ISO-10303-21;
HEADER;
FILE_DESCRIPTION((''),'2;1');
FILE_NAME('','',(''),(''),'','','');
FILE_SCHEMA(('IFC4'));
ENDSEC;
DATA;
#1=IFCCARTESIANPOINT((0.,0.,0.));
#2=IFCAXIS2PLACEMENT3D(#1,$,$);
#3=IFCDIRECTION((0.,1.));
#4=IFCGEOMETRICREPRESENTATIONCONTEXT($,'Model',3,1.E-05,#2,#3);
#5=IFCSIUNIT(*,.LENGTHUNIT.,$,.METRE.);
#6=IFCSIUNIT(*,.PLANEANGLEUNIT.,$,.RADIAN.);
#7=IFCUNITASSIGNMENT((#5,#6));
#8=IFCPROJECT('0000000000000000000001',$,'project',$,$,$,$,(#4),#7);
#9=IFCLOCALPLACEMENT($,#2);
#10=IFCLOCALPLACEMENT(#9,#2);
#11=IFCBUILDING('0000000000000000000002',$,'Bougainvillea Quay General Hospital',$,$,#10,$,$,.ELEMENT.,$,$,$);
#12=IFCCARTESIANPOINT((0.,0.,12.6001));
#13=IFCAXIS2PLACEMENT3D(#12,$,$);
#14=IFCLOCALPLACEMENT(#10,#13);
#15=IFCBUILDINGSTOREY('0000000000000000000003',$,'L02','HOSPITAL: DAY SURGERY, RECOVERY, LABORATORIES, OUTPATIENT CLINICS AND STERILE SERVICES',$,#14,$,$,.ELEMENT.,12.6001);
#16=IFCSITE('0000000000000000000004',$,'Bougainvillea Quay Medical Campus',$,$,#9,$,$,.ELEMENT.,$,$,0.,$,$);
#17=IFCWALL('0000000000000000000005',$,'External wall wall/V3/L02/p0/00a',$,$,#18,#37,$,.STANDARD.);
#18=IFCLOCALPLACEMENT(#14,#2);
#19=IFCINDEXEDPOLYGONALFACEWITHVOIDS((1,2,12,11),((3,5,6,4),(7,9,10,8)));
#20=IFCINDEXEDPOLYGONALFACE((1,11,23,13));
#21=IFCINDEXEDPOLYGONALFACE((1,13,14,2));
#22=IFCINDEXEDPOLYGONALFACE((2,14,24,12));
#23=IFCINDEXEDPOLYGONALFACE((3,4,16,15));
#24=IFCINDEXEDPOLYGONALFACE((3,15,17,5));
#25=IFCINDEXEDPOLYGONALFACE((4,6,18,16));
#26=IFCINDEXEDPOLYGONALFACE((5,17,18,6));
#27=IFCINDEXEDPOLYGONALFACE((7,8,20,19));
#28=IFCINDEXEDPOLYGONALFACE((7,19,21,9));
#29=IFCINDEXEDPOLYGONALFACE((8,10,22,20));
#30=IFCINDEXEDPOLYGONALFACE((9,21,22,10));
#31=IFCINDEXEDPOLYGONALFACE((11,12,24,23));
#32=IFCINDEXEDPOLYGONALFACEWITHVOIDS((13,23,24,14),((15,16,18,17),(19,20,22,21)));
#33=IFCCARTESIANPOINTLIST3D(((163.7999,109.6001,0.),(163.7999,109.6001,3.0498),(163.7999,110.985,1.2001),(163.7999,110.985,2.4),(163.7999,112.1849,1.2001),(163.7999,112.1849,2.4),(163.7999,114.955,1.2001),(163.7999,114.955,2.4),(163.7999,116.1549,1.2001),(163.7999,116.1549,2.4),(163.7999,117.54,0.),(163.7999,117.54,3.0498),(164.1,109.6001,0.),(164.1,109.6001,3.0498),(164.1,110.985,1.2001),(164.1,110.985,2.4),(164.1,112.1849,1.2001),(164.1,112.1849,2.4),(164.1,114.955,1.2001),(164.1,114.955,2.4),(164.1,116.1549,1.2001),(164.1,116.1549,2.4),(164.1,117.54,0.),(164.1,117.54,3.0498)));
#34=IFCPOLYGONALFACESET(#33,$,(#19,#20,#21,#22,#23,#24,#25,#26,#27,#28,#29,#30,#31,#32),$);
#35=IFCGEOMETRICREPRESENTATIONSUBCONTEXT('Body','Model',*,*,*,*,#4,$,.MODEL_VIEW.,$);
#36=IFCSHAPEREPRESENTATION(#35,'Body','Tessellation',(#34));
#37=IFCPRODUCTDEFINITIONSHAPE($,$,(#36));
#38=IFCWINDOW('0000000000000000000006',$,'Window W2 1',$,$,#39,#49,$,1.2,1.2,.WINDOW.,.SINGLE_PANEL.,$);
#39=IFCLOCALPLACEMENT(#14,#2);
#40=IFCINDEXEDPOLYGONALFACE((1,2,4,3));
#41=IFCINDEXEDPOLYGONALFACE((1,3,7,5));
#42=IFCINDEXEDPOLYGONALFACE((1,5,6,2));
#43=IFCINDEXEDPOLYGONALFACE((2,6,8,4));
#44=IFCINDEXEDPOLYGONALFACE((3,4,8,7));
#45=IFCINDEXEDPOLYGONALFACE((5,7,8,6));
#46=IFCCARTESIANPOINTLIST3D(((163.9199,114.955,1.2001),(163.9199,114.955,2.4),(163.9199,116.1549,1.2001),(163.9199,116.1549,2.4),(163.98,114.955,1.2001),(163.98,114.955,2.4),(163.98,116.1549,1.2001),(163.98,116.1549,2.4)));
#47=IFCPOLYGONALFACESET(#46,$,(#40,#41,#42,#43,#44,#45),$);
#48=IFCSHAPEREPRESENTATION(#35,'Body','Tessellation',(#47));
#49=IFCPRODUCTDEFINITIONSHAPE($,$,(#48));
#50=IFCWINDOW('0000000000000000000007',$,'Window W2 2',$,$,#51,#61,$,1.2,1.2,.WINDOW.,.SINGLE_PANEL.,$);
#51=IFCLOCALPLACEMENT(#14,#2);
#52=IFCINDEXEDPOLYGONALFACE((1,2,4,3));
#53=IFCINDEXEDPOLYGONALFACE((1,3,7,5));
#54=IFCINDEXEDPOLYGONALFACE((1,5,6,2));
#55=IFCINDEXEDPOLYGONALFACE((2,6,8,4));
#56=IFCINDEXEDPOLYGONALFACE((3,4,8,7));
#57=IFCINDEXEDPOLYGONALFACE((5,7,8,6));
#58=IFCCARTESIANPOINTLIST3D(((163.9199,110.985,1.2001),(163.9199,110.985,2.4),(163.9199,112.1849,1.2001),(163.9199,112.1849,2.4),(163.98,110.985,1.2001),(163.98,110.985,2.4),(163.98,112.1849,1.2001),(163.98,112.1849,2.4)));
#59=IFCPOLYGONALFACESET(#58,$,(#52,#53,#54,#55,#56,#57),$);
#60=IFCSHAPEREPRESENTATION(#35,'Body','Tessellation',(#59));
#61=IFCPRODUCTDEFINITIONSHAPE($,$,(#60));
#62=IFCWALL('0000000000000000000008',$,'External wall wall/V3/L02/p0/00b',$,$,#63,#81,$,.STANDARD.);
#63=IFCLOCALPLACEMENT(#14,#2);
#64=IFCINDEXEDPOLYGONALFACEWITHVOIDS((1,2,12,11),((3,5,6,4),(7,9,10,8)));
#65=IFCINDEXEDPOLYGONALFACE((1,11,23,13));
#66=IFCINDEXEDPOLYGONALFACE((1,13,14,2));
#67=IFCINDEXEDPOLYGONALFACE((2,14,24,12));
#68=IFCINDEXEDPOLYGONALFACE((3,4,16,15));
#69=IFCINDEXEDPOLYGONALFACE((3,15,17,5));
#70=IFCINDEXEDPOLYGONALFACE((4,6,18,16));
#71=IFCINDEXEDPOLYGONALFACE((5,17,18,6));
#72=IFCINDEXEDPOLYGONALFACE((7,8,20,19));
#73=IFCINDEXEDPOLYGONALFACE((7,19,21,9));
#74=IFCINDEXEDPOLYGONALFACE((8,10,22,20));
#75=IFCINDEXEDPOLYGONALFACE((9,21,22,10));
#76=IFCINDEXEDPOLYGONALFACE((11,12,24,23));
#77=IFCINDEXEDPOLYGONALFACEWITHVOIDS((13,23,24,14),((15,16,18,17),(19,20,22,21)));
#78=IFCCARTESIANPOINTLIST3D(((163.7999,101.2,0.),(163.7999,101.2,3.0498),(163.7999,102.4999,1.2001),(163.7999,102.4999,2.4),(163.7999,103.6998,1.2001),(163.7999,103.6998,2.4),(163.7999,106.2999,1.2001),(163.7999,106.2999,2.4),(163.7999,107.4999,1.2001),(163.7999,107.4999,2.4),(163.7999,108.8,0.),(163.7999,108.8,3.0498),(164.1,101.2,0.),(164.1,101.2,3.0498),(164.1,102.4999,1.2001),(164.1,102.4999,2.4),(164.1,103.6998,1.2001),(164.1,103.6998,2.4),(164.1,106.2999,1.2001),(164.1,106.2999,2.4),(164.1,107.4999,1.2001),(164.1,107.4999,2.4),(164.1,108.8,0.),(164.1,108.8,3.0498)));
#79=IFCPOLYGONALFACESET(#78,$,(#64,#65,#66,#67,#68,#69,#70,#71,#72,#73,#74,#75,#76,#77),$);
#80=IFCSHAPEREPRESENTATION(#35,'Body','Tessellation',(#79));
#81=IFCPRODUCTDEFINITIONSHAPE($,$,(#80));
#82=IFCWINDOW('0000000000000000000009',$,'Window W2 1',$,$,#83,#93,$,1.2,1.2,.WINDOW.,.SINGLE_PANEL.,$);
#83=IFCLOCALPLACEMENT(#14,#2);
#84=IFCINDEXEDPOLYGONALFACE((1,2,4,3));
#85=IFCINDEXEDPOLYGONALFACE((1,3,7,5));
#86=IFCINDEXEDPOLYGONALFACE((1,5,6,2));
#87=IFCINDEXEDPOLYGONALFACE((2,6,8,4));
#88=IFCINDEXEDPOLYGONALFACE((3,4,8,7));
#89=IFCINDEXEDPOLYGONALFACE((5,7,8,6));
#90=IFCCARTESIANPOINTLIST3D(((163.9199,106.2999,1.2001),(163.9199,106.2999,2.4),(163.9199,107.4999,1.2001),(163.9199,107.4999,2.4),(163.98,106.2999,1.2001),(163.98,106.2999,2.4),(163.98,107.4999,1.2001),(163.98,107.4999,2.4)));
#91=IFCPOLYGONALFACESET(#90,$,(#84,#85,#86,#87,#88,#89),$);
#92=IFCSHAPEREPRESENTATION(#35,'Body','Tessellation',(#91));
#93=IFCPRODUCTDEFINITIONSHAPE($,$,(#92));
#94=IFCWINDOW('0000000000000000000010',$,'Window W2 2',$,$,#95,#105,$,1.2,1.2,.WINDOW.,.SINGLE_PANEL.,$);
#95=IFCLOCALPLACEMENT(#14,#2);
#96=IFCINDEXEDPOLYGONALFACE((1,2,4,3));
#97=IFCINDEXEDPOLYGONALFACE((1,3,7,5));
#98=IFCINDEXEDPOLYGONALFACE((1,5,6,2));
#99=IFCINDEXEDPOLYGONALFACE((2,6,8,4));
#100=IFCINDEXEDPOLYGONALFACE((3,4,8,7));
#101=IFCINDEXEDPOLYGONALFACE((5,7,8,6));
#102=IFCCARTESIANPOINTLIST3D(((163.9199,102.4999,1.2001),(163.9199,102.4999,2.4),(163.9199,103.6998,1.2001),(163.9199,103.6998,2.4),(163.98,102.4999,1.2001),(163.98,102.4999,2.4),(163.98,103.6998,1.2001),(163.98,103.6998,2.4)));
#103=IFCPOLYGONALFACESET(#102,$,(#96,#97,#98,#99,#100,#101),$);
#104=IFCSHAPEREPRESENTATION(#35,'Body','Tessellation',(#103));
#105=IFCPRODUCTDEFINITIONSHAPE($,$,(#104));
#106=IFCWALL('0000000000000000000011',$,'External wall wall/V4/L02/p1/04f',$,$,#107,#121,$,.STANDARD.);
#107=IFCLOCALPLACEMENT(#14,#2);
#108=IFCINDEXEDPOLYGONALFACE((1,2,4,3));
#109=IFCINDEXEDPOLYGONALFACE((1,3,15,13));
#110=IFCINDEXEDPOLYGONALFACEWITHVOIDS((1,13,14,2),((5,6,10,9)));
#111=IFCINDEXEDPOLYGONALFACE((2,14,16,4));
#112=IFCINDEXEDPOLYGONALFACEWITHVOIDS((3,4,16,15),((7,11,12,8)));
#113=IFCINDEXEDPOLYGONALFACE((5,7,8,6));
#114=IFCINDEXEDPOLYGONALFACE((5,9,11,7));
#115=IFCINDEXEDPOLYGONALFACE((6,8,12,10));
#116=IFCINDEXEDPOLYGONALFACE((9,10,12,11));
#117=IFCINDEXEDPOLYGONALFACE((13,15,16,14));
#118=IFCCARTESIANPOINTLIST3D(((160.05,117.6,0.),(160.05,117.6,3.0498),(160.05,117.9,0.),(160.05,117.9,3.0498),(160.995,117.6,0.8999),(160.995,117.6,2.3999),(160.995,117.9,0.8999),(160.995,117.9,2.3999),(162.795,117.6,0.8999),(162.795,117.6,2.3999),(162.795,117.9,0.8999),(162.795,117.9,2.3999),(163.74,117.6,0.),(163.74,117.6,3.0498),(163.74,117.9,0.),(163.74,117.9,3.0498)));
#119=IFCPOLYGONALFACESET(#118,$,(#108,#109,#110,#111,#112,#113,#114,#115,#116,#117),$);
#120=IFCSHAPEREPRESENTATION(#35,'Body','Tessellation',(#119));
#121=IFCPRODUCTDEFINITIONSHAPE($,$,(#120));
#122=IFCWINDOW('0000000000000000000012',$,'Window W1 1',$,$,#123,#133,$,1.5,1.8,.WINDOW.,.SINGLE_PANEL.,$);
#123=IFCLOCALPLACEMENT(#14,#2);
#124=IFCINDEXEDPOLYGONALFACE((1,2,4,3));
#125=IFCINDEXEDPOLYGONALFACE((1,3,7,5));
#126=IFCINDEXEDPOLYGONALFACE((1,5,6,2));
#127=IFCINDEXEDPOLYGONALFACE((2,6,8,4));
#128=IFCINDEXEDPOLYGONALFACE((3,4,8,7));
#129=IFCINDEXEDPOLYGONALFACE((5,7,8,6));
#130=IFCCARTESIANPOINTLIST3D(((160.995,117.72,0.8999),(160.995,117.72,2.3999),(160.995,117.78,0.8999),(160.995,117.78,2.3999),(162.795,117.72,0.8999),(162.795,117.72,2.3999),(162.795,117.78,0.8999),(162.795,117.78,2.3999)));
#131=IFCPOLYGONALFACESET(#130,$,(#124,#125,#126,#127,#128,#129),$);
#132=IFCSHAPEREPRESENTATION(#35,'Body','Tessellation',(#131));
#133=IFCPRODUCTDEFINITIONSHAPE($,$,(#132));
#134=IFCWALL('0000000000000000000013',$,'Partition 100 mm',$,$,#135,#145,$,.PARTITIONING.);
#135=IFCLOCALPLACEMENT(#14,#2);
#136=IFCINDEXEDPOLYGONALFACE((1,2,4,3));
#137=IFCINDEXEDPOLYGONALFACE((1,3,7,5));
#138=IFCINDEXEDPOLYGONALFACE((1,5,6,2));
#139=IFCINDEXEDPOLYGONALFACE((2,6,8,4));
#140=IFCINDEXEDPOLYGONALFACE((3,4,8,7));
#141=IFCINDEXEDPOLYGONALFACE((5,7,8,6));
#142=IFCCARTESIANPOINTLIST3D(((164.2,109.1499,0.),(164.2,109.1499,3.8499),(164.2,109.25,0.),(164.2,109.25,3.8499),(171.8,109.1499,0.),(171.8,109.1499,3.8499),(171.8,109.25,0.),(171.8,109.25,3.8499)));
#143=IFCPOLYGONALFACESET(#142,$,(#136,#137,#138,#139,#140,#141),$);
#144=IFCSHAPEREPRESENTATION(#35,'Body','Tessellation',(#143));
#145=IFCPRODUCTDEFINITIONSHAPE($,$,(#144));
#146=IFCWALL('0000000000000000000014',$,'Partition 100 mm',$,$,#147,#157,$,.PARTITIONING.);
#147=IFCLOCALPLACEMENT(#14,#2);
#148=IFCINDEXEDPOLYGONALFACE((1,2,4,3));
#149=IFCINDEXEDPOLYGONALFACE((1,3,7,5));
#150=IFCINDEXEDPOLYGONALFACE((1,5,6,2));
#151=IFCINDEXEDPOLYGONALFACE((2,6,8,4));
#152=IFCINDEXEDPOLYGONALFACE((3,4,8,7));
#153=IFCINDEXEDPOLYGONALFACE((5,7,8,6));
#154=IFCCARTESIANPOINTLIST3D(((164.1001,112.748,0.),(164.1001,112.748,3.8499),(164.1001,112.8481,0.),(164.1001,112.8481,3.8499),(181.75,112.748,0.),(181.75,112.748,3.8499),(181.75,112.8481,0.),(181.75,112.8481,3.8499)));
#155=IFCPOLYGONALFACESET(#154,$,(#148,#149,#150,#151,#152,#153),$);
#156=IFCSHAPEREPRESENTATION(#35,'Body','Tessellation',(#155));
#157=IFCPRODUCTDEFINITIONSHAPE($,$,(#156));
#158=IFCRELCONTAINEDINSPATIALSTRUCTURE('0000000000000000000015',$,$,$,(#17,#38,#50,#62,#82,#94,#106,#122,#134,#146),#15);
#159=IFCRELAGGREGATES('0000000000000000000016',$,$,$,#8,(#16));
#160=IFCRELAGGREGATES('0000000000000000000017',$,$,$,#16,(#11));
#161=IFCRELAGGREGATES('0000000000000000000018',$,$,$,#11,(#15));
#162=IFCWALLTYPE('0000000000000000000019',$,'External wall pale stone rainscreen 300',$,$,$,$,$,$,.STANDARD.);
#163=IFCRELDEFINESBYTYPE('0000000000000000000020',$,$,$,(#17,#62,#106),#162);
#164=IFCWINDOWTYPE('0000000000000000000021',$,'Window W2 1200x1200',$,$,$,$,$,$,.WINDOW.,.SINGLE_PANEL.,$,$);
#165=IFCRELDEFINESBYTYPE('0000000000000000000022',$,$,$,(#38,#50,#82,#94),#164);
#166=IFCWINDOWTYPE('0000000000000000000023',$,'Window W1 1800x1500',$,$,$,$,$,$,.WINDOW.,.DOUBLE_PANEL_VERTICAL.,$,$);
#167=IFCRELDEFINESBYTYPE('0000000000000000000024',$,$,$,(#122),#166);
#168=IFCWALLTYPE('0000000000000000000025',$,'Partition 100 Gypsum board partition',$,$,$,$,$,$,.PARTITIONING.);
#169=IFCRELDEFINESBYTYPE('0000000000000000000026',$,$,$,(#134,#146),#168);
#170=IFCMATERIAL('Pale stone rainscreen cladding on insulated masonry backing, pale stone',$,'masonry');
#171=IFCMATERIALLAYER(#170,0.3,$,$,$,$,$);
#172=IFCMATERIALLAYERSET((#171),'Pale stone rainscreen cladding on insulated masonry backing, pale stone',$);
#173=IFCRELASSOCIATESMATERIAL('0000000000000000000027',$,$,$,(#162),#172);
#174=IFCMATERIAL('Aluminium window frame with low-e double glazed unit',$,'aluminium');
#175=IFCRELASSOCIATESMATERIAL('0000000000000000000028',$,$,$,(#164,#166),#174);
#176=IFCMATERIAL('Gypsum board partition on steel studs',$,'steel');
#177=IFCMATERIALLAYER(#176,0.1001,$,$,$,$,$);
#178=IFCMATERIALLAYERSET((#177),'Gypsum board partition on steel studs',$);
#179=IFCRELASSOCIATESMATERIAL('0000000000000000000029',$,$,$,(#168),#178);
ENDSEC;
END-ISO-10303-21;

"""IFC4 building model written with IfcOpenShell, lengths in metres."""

from ifc_helpers import new_model, si_unit, direction, frame, frame_2d, origin, place, context, subcontext, project, spatial, rectangle, extrude, material, layer, layer_set, type_object, element, fill, save


model = new_model("IFC4")

# Units and contexts
model_context = context("Model", 3, precision=1e-05, world=origin(), true_north=direction((0.0, 1.0)))
body_context = subcontext(model_context, "Body", "Model", "MODEL_VIEW")
ifc_project = project(units=[si_unit("LENGTHUNIT", "METRE"), si_unit("PLANEANGLEUNIT", "RADIAN")], contexts=[model_context])

# Site, building, storey
site_placement = place(None, origin())
site = spatial("IfcSite", under=ifc_project, at=site_placement, Name="Bougainvillea Quay Medical Campus", CompositionType="ELEMENT", RefElevation=0.0)
building_placement = place(site_placement, origin())
building = spatial("IfcBuilding", under=site, at=building_placement, Name="Bougainvillea Quay General Hospital", CompositionType="ELEMENT")
storey_placement = place(building_placement, frame((0.0, 0.0, 12.6001)))
storey = spatial("IfcBuildingStorey", under=building, at=storey_placement, Name="L02", Description="HOSPITAL: DAY SURGERY, RECOVERY, LABORATORIES, OUTPATIENT CLINICS AND STERILE SERVICES", CompositionType="ELEMENT", Elevation=12.6001)

# Walls, openings, windows
ifc_material_1 = material(Name="Pale stone rainscreen cladding on insulated masonry backing, pale stone", Category="masonry")
ifc_layer_1 = layer(ifc_material_1, 0.3)
ifc_layer_set_1 = layer_set([ifc_layer_1], Name="Pale stone rainscreen cladding on insulated masonry backing, pale stone")
wall_type_1 = type_object("IfcWallType", Name="External wall pale stone rainscreen 300", PredefinedType="STANDARD", material=ifc_layer_set_1)
wall_1_placement = place(storey_placement, frame((163.95, 117.54, 0.0), z_axis=(0.0, 0.0, 1.0), x_axis=(0.0, -1.0, 0.0)))
wall_1 = element("IfcWall", 1, at=wall_1_placement, inside=storey, type_object=wall_type_1, Name="External wall wall/V3/L02/p0/00a", PredefinedType="STANDARD", context=body_context, shape_type="SweptSolid", body=[
    extrude(rectangle(XDim=7.9399, YDim=0.3, at=frame_2d((3.97, 0.0))), origin(), (0.0, 0.0, 1.0), 3.0498),
])
opening_1_placement = place(wall_1_placement, frame((1.385, 0.0, 1.2)))
opening_1 = element("IfcOpeningElement", 2, at=opening_1_placement, cuts=wall_1, PredefinedType="OPENING", context=body_context, shape_type="SweptSolid", body=[
    extrude(rectangle(XDim=1.2, YDim=1.2, at=frame_2d((0.6001, 0.6001))), frame((0.0, 0.1599, 0.0), z_axis=(0.0, -1.0, 0.0), x_axis=(1.0, 0.0, 0.0)), (0.0, 0.0, 1.0), 0.3201),
])
opening_2_placement = place(wall_1_placement, frame((5.355, 0.0, 1.2)))
opening_2 = element("IfcOpeningElement", 3, at=opening_2_placement, cuts=wall_1, PredefinedType="OPENING", context=body_context, shape_type="SweptSolid", body=[
    extrude(rectangle(XDim=1.2, YDim=1.2, at=frame_2d((0.6001, 0.6001))), frame((0.0, 0.1599, 0.0), z_axis=(0.0, -1.0, 0.0), x_axis=(1.0, 0.0, 0.0)), (0.0, 0.0, 1.0), 0.3201),
])
ifc_material_2 = material(Name="Aluminium window frame with low-e double glazed unit", Category="aluminium")
window_type_1 = type_object("IfcWindowType", Name="Window W2 1200x1200", PartitioningType="SINGLE_PANEL", PredefinedType="WINDOW", material=ifc_material_2)
window_1_placement = place(opening_1_placement, origin())
window_1 = element("IfcWindow", 4, at=window_1_placement, inside=storey, type_object=window_type_1, Name="Window W2 1", OverallHeight=1.2, OverallWidth=1.2, PartitioningType="SINGLE_PANEL", PredefinedType="WINDOW", context=body_context, shape_type="SweptSolid", body=[
    extrude(rectangle(XDim=1.2, YDim=1.2, at=frame_2d((0.6001, 0.6001))), frame((0.0, 0.03, 0.0), z_axis=(0.0, -1.0, 0.0), x_axis=(1.0, 0.0, 0.0)), (0.0, 0.0, 1.0), 0.0601),
])
fill(opening_1, window_1)
window_2_placement = place(opening_2_placement, origin())
window_2 = element("IfcWindow", 5, at=window_2_placement, inside=storey, type_object=window_type_1, Name="Window W2 2", OverallHeight=1.2, OverallWidth=1.2, PartitioningType="SINGLE_PANEL", PredefinedType="WINDOW", context=body_context, shape_type="SweptSolid", body=[
    extrude(rectangle(XDim=1.2, YDim=1.2, at=frame_2d((0.6001, 0.6001))), frame((0.0, 0.03, 0.0), z_axis=(0.0, -1.0, 0.0), x_axis=(1.0, 0.0, 0.0)), (0.0, 0.0, 1.0), 0.0601),
])
fill(opening_2, window_2)
wall_2_placement = place(storey_placement, frame((163.95, 108.8, 0.0), z_axis=(0.0, 0.0, 1.0), x_axis=(0.0, -1.0, 0.0)))
wall_2 = element("IfcWall", 6, at=wall_2_placement, inside=storey, type_object=wall_type_1, Name="External wall wall/V3/L02/p0/00b", PredefinedType="STANDARD", context=body_context, shape_type="SweptSolid", body=[
    extrude(rectangle(XDim=7.6001, YDim=0.3, at=frame_2d((3.8, 0.0))), origin(), (0.0, 0.0, 1.0), 3.0498),
])
opening_3_placement = place(wall_2_placement, frame((1.3, 0.0, 1.2)))
opening_3 = element("IfcOpeningElement", 7, at=opening_3_placement, cuts=wall_2, PredefinedType="OPENING", context=body_context, shape_type="SweptSolid", body=[
    extrude(rectangle(XDim=1.2, YDim=1.2, at=frame_2d((0.6001, 0.6001))), frame((0.0, 0.1599, 0.0), z_axis=(0.0, -1.0, 0.0), x_axis=(1.0, 0.0, 0.0)), (0.0, 0.0, 1.0), 0.3201),
])
opening_4_placement = place(wall_2_placement, frame((5.1001, 0.0, 1.2)))
opening_4 = element("IfcOpeningElement", 8, at=opening_4_placement, cuts=wall_2, PredefinedType="OPENING", context=body_context, shape_type="SweptSolid", body=[
    extrude(rectangle(XDim=1.2, YDim=1.2, at=frame_2d((0.6001, 0.6001))), frame((0.0, 0.1599, 0.0), z_axis=(0.0, -1.0, 0.0), x_axis=(1.0, 0.0, 0.0)), (0.0, 0.0, 1.0), 0.3201),
])
window_3_placement = place(opening_3_placement, origin())
window_3 = element("IfcWindow", 9, at=window_3_placement, inside=storey, type_object=window_type_1, Name="Window W2 1", OverallHeight=1.2, OverallWidth=1.2, PartitioningType="SINGLE_PANEL", PredefinedType="WINDOW", context=body_context, shape_type="SweptSolid", body=[
    extrude(rectangle(XDim=1.2, YDim=1.2, at=frame_2d((0.6001, 0.6001))), frame((0.0, 0.03, 0.0), z_axis=(0.0, -1.0, 0.0), x_axis=(1.0, 0.0, 0.0)), (0.0, 0.0, 1.0), 0.0601),
])
fill(opening_3, window_3)
window_4_placement = place(opening_4_placement, origin())
window_4 = element("IfcWindow", 10, at=window_4_placement, inside=storey, type_object=window_type_1, Name="Window W2 2", OverallHeight=1.2, OverallWidth=1.2, PartitioningType="SINGLE_PANEL", PredefinedType="WINDOW", context=body_context, shape_type="SweptSolid", body=[
    extrude(rectangle(XDim=1.2, YDim=1.2, at=frame_2d((0.6001, 0.6001))), frame((0.0, 0.03, 0.0), z_axis=(0.0, -1.0, 0.0), x_axis=(1.0, 0.0, 0.0)), (0.0, 0.0, 1.0), 0.0601),
])
fill(opening_4, window_4)

# Wall, opening, window
wall_3_placement = place(storey_placement, frame((160.05, 117.75, 0.0), z_axis=(0.0, 0.0, 1.0), x_axis=(1.0, 0.0, 0.0)))
wall_3 = element("IfcWall", 11, at=wall_3_placement, inside=storey, type_object=wall_type_1, Name="External wall wall/V4/L02/p1/04f", PredefinedType="STANDARD", context=body_context, shape_type="SweptSolid", body=[
    extrude(rectangle(XDim=3.6899, YDim=0.3, at=frame_2d((1.845, 0.0))), origin(), (0.0, 0.0, 1.0), 3.0498),
])
opening_5_placement = place(wall_3_placement, frame((0.9451, 0.0, 0.8999)))
opening_5 = element("IfcOpeningElement", 12, at=opening_5_placement, cuts=wall_3, PredefinedType="OPENING", context=body_context, shape_type="SweptSolid", body=[
    extrude(rectangle(XDim=1.8, YDim=1.5, at=frame_2d((0.8999, 0.75))), frame((0.0, 0.1599, 0.0), z_axis=(0.0, -1.0, 0.0), x_axis=(1.0, 0.0, 0.0)), (0.0, 0.0, 1.0), 0.3201),
])
window_type_2 = type_object("IfcWindowType", Name="Window W1 1800x1500", PartitioningType="DOUBLE_PANEL_VERTICAL", PredefinedType="WINDOW", material=ifc_material_2)
window_5_placement = place(opening_5_placement, origin())
window_5 = element("IfcWindow", 13, at=window_5_placement, inside=storey, type_object=window_type_2, Name="Window W1 1", OverallHeight=1.5, OverallWidth=1.8, PartitioningType="SINGLE_PANEL", PredefinedType="WINDOW", context=body_context, shape_type="SweptSolid", body=[
    extrude(rectangle(XDim=1.8, YDim=1.5, at=frame_2d((0.8999, 0.75))), frame((0.0, 0.03, 0.0), z_axis=(0.0, -1.0, 0.0), x_axis=(1.0, 0.0, 0.0)), (0.0, 0.0, 1.0), 0.0601),
])
fill(opening_5, window_5)

# Walls
ifc_material_3 = material(Name="Gypsum board partition on steel studs", Category="steel")
ifc_layer_2 = layer(ifc_material_3, 0.1001)
ifc_layer_set_2 = layer_set([ifc_layer_2], Name="Gypsum board partition on steel studs")
wall_type_2 = type_object("IfcWallType", Name="Partition 100 Gypsum board partition", PredefinedType="PARTITIONING", material=ifc_layer_set_2)
wall_4_placement = place(storey_placement, frame((164.2, 109.2, 0.0), z_axis=(0.0, 0.0, 1.0), x_axis=(1.0, 0.0, 0.0)))
element("IfcWall", 14, at=wall_4_placement, inside=storey, type_object=wall_type_2, Name="Partition 100 mm", PredefinedType="PARTITIONING", context=body_context, shape_type="SweptSolid", body=[
    extrude(rectangle(XDim=7.6001, YDim=0.1001, at=frame_2d((3.8, 0.0))), origin(), (0.0, 0.0, 1.0), 3.8499),
])
wall_5_placement = place(storey_placement, frame((164.1001, 112.7981, 0.0), z_axis=(0.0, 0.0, 1.0), x_axis=(1.0, 0.0, 0.0)))
element("IfcWall", 15, at=wall_5_placement, inside=storey, type_object=wall_type_2, Name="Partition 100 mm", PredefinedType="PARTITIONING", context=body_context, shape_type="SweptSolid", body=[
    extrude(rectangle(XDim=17.6499, YDim=0.1001, at=frame_2d((8.825, 0.0))), origin(), (0.0, 0.0, 1.0), 3.8499),
])

save(model, "model.ifc")
